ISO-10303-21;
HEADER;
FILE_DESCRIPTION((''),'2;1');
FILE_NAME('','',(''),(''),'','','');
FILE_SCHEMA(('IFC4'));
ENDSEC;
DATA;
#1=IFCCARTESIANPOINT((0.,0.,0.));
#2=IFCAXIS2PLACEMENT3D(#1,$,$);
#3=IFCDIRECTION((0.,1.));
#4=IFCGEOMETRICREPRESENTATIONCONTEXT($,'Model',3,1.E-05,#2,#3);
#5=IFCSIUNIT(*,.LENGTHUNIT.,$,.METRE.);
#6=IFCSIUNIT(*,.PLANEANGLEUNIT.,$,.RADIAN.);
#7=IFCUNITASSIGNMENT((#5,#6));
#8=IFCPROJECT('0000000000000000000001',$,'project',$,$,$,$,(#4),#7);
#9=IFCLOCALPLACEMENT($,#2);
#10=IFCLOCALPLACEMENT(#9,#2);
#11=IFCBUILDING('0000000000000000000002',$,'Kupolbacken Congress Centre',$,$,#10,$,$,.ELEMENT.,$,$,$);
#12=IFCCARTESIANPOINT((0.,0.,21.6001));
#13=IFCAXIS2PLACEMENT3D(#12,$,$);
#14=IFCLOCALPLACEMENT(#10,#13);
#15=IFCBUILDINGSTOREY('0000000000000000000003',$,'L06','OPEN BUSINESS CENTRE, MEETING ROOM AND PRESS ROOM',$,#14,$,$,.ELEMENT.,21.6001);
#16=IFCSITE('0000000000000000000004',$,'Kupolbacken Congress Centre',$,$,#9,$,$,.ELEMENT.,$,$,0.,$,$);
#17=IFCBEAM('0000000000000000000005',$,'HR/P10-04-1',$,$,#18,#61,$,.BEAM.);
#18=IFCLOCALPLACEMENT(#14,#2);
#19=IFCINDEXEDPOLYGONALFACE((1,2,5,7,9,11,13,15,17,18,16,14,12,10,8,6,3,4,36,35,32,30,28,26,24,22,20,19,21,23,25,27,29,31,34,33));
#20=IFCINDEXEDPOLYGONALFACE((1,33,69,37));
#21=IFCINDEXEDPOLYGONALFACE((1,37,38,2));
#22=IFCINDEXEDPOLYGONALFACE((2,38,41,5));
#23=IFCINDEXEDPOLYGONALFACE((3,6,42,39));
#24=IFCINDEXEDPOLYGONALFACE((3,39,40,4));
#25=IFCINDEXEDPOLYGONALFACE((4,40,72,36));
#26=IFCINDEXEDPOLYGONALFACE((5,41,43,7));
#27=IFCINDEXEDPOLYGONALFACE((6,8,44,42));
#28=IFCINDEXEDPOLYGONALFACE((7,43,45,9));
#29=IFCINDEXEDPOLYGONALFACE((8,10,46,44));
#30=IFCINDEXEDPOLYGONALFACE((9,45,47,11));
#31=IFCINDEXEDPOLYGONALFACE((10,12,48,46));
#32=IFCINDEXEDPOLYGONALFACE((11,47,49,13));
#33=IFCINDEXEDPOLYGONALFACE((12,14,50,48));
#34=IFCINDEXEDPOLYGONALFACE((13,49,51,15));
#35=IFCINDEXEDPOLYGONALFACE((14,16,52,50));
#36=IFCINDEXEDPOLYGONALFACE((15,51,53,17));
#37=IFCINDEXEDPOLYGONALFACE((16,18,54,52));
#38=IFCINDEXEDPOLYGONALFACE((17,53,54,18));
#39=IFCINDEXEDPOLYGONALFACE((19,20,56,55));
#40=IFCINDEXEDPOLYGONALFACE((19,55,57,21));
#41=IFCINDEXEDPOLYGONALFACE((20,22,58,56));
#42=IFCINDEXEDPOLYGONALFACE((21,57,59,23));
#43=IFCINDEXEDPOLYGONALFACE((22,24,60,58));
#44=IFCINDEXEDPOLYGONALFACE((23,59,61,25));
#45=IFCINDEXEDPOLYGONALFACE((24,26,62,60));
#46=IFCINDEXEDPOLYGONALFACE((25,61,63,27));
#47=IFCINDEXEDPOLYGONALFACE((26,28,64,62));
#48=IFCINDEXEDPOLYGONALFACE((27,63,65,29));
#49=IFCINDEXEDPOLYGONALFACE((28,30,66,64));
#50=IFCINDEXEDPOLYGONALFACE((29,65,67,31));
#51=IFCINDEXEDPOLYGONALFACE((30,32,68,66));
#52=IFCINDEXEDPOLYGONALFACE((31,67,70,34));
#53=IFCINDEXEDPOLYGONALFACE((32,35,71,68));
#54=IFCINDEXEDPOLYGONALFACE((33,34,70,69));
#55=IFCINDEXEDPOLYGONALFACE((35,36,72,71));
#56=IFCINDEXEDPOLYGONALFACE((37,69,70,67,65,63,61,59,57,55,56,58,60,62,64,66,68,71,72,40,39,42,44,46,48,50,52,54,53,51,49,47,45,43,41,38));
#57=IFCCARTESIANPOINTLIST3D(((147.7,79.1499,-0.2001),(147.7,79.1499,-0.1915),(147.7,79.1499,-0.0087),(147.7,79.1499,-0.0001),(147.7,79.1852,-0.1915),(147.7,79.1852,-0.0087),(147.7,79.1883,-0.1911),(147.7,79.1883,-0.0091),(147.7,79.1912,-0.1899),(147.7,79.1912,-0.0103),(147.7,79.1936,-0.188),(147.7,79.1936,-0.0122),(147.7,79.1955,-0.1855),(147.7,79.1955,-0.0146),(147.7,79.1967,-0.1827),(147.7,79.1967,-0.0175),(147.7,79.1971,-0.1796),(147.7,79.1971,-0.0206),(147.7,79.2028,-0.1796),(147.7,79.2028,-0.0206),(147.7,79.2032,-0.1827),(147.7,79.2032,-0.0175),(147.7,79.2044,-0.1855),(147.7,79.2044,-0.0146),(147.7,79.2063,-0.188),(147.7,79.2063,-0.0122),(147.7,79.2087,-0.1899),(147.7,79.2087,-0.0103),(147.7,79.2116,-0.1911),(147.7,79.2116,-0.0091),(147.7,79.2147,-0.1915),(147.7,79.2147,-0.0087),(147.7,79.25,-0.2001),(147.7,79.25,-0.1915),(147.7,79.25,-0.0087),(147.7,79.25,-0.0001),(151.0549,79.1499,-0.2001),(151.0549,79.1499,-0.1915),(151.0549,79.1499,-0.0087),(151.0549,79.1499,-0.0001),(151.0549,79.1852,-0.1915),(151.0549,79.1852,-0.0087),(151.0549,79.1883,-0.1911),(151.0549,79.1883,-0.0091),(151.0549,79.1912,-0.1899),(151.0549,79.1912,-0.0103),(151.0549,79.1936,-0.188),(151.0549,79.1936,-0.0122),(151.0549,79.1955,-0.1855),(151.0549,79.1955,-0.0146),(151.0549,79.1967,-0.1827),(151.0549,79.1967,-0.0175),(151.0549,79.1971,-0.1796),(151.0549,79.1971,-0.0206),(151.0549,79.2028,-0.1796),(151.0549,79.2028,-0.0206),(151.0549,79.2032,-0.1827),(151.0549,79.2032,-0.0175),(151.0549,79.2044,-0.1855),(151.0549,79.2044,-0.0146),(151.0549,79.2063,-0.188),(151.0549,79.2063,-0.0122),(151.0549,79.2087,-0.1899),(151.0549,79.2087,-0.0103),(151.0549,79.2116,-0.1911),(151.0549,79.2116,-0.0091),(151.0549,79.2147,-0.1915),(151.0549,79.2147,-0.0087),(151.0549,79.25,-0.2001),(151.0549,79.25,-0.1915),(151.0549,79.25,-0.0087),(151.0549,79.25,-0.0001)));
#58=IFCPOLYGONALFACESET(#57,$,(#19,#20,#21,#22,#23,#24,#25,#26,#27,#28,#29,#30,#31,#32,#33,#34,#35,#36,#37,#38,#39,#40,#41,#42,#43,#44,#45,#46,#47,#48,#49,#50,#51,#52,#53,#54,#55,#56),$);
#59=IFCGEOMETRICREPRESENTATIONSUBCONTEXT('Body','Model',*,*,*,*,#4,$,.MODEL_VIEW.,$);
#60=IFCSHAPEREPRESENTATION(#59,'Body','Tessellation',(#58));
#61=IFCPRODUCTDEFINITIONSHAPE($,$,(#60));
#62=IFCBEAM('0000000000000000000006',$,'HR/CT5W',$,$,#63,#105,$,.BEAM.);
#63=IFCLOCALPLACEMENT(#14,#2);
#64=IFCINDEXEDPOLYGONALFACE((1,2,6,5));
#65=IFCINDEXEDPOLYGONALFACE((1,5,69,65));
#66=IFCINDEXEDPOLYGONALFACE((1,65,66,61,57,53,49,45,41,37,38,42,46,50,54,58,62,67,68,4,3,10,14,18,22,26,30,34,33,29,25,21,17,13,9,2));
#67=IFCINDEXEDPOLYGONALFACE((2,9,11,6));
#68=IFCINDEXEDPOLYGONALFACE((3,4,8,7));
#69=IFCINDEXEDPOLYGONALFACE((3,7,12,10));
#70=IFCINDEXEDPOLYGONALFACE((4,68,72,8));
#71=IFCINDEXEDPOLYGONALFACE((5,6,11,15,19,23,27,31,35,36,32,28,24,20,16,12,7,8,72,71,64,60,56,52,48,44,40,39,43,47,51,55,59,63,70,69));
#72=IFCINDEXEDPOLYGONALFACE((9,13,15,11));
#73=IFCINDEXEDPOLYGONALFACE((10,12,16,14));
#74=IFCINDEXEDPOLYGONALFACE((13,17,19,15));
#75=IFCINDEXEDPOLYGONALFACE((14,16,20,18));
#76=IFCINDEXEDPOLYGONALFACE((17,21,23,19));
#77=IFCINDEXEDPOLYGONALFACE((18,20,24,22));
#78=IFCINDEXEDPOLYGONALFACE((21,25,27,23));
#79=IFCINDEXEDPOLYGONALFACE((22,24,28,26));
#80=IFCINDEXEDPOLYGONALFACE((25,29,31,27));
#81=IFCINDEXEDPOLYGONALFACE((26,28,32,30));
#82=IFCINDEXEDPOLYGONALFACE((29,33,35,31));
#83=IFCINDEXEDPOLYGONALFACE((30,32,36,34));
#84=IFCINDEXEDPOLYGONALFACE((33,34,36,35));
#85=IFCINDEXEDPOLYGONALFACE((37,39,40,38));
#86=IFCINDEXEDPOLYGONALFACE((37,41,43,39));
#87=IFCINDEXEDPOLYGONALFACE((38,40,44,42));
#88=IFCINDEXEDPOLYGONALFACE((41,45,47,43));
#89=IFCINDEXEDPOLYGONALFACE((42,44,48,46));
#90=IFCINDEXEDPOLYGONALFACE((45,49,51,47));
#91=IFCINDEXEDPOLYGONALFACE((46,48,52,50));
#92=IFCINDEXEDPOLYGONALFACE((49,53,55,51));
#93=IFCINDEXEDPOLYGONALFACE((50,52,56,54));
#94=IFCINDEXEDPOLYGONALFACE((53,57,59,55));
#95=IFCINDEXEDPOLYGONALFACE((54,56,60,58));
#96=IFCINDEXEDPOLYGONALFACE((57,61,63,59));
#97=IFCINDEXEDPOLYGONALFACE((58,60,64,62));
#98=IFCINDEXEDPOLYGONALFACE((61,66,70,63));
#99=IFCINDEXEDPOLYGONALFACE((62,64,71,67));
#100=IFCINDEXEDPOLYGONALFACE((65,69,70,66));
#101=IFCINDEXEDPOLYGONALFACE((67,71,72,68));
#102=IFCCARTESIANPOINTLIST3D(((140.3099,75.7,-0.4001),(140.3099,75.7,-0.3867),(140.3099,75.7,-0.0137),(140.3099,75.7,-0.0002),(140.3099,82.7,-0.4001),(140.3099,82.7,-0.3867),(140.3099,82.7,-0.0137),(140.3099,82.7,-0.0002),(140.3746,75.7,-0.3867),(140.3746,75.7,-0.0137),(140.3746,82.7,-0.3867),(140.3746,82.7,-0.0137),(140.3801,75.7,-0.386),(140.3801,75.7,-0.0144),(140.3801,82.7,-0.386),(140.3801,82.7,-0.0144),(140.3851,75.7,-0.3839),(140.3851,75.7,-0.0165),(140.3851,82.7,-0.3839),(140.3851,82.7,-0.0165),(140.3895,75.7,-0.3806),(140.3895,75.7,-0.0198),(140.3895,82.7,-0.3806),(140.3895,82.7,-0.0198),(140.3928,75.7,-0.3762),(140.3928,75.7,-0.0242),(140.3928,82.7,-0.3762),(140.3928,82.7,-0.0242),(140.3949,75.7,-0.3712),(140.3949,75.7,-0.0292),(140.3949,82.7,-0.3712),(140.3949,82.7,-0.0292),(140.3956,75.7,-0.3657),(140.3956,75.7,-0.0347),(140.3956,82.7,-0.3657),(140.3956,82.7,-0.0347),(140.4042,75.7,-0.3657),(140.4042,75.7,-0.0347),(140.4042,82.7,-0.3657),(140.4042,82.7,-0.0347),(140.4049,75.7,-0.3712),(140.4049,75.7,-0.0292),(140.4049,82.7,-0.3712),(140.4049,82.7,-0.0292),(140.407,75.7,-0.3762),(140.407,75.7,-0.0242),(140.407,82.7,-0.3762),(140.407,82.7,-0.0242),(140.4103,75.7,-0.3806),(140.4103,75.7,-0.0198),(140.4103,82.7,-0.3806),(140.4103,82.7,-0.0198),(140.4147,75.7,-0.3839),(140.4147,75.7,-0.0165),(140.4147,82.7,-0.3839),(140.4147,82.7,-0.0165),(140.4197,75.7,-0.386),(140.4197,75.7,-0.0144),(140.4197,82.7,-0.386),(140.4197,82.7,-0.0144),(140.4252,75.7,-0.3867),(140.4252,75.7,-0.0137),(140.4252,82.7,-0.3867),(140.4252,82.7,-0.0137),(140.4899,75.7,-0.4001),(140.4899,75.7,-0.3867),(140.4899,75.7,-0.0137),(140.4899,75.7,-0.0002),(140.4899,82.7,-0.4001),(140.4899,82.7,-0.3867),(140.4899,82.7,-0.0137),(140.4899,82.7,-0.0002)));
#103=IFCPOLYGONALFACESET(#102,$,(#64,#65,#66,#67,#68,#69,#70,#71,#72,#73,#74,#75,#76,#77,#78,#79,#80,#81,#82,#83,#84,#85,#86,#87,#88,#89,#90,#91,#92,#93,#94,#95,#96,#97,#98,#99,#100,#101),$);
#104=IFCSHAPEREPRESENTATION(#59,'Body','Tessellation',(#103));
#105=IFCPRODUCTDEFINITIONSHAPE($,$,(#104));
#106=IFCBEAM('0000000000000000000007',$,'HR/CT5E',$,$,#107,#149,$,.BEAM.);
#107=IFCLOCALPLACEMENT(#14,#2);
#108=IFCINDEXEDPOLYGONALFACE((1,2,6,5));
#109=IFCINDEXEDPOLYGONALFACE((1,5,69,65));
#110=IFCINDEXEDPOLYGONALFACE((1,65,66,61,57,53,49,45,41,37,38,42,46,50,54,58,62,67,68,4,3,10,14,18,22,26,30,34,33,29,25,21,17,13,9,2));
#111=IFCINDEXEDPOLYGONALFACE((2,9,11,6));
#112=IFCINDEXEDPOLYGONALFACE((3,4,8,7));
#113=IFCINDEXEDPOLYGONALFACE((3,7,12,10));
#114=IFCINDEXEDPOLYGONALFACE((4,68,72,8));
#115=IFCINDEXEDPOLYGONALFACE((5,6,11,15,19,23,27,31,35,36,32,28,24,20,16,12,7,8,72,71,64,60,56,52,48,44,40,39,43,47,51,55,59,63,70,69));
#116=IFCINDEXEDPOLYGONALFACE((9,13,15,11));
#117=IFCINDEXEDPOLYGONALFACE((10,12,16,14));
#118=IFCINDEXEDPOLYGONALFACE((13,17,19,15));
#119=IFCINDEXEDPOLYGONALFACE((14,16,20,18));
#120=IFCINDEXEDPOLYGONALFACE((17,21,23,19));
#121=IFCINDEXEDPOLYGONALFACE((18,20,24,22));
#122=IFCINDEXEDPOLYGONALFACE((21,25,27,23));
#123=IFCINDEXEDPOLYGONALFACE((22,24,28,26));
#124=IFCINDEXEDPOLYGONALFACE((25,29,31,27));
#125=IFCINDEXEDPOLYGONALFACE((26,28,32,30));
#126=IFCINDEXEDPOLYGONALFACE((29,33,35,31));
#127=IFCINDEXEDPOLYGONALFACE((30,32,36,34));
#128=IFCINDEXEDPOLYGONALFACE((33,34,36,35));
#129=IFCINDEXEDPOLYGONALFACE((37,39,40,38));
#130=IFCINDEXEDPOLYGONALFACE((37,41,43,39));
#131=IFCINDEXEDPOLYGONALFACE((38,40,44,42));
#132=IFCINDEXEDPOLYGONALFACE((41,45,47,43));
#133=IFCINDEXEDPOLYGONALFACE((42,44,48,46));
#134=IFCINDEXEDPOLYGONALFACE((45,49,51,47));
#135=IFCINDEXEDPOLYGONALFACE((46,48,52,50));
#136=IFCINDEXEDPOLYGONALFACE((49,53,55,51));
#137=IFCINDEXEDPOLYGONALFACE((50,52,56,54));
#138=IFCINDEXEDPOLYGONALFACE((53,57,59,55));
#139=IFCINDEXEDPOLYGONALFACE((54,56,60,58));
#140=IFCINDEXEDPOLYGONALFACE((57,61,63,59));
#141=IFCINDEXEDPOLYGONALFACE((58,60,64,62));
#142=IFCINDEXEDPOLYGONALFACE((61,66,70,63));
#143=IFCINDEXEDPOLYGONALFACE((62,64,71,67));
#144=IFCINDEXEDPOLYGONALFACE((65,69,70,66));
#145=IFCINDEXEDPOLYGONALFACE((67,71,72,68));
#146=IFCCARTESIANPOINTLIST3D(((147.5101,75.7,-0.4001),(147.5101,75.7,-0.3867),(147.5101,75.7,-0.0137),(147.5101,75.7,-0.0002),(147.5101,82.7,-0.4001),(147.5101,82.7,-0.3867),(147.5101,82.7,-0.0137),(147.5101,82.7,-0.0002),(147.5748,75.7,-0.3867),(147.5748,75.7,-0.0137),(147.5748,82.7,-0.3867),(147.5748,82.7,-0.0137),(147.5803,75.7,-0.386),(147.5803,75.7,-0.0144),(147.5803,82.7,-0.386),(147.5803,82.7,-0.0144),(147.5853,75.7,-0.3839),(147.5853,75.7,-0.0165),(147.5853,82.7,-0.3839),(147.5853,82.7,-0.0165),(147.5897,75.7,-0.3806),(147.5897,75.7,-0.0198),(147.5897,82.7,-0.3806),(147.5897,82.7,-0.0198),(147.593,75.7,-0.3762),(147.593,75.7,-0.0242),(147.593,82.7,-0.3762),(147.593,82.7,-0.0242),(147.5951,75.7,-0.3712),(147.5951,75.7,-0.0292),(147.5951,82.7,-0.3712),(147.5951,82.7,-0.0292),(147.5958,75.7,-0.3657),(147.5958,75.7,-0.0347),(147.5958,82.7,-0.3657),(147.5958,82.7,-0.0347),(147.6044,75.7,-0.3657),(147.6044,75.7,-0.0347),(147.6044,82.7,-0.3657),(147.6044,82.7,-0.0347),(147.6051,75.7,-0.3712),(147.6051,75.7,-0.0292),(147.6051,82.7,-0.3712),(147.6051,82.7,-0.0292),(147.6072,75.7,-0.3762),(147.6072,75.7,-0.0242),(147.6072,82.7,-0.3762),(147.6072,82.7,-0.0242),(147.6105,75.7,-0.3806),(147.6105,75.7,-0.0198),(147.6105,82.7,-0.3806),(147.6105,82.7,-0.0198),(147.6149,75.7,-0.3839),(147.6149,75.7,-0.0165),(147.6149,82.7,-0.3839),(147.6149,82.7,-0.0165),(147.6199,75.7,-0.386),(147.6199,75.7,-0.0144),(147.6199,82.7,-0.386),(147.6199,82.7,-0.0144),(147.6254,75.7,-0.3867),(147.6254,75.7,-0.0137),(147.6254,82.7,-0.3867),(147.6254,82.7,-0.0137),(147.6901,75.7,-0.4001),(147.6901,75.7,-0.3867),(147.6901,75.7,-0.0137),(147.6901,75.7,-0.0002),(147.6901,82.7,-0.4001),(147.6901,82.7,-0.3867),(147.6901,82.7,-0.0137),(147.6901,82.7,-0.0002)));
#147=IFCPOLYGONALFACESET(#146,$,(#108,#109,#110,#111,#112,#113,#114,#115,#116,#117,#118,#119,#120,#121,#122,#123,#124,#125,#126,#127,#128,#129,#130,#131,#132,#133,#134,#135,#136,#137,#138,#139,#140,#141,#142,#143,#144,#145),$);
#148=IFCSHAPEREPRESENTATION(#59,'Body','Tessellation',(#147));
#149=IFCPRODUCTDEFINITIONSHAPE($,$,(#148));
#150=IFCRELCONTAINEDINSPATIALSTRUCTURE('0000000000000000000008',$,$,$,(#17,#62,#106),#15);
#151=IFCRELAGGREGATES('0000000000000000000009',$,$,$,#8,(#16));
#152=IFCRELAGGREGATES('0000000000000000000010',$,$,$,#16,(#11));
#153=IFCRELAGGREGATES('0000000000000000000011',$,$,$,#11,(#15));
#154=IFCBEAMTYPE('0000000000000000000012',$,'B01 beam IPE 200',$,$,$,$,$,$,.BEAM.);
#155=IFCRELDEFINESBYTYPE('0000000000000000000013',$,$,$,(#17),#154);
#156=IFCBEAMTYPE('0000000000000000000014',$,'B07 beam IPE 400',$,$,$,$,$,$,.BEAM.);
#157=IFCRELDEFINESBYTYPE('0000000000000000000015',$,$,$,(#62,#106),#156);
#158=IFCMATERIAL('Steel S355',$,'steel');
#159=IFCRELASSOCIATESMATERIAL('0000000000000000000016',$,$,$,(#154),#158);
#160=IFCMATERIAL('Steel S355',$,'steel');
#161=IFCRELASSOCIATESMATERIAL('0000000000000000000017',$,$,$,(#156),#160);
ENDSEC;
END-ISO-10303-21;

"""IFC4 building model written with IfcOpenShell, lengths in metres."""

from ifc_helpers import new_model, si_unit, direction, frame, origin, origin_2d, place, context, subcontext, project, spatial, i_section, extrude, material, material_profile, profile_set, type_object, element, save


model = new_model("IFC4")

# Units and contexts
model_context = context("Model", 3, precision=1e-05, world=origin(), true_north=direction((0.0, 1.0)))
body_context = subcontext(model_context, "Body", "Model", "MODEL_VIEW")
ifc_project = project(units=[si_unit("LENGTHUNIT", "METRE"), si_unit("PLANEANGLEUNIT", "RADIAN")], contexts=[model_context])

# Site, building, storey
site_placement = place(None, origin())
site = spatial("IfcSite", under=ifc_project, at=site_placement, Name="Kupolbacken Congress Centre", CompositionType="ELEMENT", RefElevation=0.0)
building_placement = place(site_placement, origin())
building = spatial("IfcBuilding", under=site, at=building_placement, Name="Kupolbacken Congress Centre", CompositionType="ELEMENT")
storey_placement = place(building_placement, frame((0.0, 0.0, 21.6001)))
storey = spatial("IfcBuildingStorey", under=building, at=storey_placement, Name="L06", Description="OPEN BUSINESS CENTRE, MEETING ROOM AND PRESS ROOM", CompositionType="ELEMENT", Elevation=21.6001)

# Beams
ifc_material_1 = material(Name="Steel S355", Category="steel")
ifc_material_profile_1 = material_profile(ifc_material_1, i_section(OverallWidth=0.1001, OverallDepth=0.2, WebThickness=0.0056, FlangeThickness=0.0085, FilletRadius=0.012, at=origin_2d()), Name="IPE 200")
ifc_profile_set_1 = profile_set([ifc_material_profile_1], Name="Steel S355")
beam_type_1 = type_object("IfcBeamType", Name="B01 beam IPE 200", PredefinedType="BEAM", material=ifc_profile_set_1)
beam_placement = place(storey_placement, frame((147.7, 79.2, -0.1001), z_axis=(1.0, 0.0, 0.0), x_axis=(0.0, 1.0, 0.0)))
element("IfcBeam", 1, at=beam_placement, inside=storey, type_object=beam_type_1, Name="HR/P10-04-1", PredefinedType="BEAM", context=body_context, shape_type="SweptSolid", body=[
    extrude(i_section(OverallWidth=0.1001, OverallDepth=0.2, WebThickness=0.0056, FlangeThickness=0.0085, FilletRadius=0.012, at=origin_2d()), origin(), (0.0, 0.0, 1.0), 3.355),
])
ifc_material_2 = material(Name="Steel S355", Category="steel")
ifc_material_profile_2 = material_profile(ifc_material_2, i_section(OverallWidth=0.1799, OverallDepth=0.3999, WebThickness=0.0085, FlangeThickness=0.0134, FilletRadius=0.021, at=origin_2d()), Name="IPE 400")
ifc_profile_set_2 = profile_set([ifc_material_profile_2], Name="Steel S355")
beam_type_2 = type_object("IfcBeamType", Name="B07 beam IPE 400", PredefinedType="BEAM", material=ifc_profile_set_2)
for number, where, z_axis, x_axis, name in (
    (2, (140.3999, 75.7, -0.2002), (0.0, 1.0, 0.0), (-1.0, 0.0, 0.0), "HR/CT5W"),
    (3, (147.6001, 75.7, -0.2002), (0.0, 1.0, 0.0), (-1.0, 0.0, 0.0), "HR/CT5E"),
):
    element("IfcBeam", number, at=place(storey_placement, frame(where, z_axis=z_axis, x_axis=x_axis)), inside=storey, type_object=beam_type_2, Name=name, PredefinedType="BEAM", context=body_context, shape_type="SweptSolid", body=[
        extrude(i_section(OverallWidth=0.1799, OverallDepth=0.3999, WebThickness=0.0085, FlangeThickness=0.0134, FilletRadius=0.021, at=origin_2d()), origin(), (0.0, 0.0, 1.0), 7.0),
    ])

save(model, "model.ifc")
